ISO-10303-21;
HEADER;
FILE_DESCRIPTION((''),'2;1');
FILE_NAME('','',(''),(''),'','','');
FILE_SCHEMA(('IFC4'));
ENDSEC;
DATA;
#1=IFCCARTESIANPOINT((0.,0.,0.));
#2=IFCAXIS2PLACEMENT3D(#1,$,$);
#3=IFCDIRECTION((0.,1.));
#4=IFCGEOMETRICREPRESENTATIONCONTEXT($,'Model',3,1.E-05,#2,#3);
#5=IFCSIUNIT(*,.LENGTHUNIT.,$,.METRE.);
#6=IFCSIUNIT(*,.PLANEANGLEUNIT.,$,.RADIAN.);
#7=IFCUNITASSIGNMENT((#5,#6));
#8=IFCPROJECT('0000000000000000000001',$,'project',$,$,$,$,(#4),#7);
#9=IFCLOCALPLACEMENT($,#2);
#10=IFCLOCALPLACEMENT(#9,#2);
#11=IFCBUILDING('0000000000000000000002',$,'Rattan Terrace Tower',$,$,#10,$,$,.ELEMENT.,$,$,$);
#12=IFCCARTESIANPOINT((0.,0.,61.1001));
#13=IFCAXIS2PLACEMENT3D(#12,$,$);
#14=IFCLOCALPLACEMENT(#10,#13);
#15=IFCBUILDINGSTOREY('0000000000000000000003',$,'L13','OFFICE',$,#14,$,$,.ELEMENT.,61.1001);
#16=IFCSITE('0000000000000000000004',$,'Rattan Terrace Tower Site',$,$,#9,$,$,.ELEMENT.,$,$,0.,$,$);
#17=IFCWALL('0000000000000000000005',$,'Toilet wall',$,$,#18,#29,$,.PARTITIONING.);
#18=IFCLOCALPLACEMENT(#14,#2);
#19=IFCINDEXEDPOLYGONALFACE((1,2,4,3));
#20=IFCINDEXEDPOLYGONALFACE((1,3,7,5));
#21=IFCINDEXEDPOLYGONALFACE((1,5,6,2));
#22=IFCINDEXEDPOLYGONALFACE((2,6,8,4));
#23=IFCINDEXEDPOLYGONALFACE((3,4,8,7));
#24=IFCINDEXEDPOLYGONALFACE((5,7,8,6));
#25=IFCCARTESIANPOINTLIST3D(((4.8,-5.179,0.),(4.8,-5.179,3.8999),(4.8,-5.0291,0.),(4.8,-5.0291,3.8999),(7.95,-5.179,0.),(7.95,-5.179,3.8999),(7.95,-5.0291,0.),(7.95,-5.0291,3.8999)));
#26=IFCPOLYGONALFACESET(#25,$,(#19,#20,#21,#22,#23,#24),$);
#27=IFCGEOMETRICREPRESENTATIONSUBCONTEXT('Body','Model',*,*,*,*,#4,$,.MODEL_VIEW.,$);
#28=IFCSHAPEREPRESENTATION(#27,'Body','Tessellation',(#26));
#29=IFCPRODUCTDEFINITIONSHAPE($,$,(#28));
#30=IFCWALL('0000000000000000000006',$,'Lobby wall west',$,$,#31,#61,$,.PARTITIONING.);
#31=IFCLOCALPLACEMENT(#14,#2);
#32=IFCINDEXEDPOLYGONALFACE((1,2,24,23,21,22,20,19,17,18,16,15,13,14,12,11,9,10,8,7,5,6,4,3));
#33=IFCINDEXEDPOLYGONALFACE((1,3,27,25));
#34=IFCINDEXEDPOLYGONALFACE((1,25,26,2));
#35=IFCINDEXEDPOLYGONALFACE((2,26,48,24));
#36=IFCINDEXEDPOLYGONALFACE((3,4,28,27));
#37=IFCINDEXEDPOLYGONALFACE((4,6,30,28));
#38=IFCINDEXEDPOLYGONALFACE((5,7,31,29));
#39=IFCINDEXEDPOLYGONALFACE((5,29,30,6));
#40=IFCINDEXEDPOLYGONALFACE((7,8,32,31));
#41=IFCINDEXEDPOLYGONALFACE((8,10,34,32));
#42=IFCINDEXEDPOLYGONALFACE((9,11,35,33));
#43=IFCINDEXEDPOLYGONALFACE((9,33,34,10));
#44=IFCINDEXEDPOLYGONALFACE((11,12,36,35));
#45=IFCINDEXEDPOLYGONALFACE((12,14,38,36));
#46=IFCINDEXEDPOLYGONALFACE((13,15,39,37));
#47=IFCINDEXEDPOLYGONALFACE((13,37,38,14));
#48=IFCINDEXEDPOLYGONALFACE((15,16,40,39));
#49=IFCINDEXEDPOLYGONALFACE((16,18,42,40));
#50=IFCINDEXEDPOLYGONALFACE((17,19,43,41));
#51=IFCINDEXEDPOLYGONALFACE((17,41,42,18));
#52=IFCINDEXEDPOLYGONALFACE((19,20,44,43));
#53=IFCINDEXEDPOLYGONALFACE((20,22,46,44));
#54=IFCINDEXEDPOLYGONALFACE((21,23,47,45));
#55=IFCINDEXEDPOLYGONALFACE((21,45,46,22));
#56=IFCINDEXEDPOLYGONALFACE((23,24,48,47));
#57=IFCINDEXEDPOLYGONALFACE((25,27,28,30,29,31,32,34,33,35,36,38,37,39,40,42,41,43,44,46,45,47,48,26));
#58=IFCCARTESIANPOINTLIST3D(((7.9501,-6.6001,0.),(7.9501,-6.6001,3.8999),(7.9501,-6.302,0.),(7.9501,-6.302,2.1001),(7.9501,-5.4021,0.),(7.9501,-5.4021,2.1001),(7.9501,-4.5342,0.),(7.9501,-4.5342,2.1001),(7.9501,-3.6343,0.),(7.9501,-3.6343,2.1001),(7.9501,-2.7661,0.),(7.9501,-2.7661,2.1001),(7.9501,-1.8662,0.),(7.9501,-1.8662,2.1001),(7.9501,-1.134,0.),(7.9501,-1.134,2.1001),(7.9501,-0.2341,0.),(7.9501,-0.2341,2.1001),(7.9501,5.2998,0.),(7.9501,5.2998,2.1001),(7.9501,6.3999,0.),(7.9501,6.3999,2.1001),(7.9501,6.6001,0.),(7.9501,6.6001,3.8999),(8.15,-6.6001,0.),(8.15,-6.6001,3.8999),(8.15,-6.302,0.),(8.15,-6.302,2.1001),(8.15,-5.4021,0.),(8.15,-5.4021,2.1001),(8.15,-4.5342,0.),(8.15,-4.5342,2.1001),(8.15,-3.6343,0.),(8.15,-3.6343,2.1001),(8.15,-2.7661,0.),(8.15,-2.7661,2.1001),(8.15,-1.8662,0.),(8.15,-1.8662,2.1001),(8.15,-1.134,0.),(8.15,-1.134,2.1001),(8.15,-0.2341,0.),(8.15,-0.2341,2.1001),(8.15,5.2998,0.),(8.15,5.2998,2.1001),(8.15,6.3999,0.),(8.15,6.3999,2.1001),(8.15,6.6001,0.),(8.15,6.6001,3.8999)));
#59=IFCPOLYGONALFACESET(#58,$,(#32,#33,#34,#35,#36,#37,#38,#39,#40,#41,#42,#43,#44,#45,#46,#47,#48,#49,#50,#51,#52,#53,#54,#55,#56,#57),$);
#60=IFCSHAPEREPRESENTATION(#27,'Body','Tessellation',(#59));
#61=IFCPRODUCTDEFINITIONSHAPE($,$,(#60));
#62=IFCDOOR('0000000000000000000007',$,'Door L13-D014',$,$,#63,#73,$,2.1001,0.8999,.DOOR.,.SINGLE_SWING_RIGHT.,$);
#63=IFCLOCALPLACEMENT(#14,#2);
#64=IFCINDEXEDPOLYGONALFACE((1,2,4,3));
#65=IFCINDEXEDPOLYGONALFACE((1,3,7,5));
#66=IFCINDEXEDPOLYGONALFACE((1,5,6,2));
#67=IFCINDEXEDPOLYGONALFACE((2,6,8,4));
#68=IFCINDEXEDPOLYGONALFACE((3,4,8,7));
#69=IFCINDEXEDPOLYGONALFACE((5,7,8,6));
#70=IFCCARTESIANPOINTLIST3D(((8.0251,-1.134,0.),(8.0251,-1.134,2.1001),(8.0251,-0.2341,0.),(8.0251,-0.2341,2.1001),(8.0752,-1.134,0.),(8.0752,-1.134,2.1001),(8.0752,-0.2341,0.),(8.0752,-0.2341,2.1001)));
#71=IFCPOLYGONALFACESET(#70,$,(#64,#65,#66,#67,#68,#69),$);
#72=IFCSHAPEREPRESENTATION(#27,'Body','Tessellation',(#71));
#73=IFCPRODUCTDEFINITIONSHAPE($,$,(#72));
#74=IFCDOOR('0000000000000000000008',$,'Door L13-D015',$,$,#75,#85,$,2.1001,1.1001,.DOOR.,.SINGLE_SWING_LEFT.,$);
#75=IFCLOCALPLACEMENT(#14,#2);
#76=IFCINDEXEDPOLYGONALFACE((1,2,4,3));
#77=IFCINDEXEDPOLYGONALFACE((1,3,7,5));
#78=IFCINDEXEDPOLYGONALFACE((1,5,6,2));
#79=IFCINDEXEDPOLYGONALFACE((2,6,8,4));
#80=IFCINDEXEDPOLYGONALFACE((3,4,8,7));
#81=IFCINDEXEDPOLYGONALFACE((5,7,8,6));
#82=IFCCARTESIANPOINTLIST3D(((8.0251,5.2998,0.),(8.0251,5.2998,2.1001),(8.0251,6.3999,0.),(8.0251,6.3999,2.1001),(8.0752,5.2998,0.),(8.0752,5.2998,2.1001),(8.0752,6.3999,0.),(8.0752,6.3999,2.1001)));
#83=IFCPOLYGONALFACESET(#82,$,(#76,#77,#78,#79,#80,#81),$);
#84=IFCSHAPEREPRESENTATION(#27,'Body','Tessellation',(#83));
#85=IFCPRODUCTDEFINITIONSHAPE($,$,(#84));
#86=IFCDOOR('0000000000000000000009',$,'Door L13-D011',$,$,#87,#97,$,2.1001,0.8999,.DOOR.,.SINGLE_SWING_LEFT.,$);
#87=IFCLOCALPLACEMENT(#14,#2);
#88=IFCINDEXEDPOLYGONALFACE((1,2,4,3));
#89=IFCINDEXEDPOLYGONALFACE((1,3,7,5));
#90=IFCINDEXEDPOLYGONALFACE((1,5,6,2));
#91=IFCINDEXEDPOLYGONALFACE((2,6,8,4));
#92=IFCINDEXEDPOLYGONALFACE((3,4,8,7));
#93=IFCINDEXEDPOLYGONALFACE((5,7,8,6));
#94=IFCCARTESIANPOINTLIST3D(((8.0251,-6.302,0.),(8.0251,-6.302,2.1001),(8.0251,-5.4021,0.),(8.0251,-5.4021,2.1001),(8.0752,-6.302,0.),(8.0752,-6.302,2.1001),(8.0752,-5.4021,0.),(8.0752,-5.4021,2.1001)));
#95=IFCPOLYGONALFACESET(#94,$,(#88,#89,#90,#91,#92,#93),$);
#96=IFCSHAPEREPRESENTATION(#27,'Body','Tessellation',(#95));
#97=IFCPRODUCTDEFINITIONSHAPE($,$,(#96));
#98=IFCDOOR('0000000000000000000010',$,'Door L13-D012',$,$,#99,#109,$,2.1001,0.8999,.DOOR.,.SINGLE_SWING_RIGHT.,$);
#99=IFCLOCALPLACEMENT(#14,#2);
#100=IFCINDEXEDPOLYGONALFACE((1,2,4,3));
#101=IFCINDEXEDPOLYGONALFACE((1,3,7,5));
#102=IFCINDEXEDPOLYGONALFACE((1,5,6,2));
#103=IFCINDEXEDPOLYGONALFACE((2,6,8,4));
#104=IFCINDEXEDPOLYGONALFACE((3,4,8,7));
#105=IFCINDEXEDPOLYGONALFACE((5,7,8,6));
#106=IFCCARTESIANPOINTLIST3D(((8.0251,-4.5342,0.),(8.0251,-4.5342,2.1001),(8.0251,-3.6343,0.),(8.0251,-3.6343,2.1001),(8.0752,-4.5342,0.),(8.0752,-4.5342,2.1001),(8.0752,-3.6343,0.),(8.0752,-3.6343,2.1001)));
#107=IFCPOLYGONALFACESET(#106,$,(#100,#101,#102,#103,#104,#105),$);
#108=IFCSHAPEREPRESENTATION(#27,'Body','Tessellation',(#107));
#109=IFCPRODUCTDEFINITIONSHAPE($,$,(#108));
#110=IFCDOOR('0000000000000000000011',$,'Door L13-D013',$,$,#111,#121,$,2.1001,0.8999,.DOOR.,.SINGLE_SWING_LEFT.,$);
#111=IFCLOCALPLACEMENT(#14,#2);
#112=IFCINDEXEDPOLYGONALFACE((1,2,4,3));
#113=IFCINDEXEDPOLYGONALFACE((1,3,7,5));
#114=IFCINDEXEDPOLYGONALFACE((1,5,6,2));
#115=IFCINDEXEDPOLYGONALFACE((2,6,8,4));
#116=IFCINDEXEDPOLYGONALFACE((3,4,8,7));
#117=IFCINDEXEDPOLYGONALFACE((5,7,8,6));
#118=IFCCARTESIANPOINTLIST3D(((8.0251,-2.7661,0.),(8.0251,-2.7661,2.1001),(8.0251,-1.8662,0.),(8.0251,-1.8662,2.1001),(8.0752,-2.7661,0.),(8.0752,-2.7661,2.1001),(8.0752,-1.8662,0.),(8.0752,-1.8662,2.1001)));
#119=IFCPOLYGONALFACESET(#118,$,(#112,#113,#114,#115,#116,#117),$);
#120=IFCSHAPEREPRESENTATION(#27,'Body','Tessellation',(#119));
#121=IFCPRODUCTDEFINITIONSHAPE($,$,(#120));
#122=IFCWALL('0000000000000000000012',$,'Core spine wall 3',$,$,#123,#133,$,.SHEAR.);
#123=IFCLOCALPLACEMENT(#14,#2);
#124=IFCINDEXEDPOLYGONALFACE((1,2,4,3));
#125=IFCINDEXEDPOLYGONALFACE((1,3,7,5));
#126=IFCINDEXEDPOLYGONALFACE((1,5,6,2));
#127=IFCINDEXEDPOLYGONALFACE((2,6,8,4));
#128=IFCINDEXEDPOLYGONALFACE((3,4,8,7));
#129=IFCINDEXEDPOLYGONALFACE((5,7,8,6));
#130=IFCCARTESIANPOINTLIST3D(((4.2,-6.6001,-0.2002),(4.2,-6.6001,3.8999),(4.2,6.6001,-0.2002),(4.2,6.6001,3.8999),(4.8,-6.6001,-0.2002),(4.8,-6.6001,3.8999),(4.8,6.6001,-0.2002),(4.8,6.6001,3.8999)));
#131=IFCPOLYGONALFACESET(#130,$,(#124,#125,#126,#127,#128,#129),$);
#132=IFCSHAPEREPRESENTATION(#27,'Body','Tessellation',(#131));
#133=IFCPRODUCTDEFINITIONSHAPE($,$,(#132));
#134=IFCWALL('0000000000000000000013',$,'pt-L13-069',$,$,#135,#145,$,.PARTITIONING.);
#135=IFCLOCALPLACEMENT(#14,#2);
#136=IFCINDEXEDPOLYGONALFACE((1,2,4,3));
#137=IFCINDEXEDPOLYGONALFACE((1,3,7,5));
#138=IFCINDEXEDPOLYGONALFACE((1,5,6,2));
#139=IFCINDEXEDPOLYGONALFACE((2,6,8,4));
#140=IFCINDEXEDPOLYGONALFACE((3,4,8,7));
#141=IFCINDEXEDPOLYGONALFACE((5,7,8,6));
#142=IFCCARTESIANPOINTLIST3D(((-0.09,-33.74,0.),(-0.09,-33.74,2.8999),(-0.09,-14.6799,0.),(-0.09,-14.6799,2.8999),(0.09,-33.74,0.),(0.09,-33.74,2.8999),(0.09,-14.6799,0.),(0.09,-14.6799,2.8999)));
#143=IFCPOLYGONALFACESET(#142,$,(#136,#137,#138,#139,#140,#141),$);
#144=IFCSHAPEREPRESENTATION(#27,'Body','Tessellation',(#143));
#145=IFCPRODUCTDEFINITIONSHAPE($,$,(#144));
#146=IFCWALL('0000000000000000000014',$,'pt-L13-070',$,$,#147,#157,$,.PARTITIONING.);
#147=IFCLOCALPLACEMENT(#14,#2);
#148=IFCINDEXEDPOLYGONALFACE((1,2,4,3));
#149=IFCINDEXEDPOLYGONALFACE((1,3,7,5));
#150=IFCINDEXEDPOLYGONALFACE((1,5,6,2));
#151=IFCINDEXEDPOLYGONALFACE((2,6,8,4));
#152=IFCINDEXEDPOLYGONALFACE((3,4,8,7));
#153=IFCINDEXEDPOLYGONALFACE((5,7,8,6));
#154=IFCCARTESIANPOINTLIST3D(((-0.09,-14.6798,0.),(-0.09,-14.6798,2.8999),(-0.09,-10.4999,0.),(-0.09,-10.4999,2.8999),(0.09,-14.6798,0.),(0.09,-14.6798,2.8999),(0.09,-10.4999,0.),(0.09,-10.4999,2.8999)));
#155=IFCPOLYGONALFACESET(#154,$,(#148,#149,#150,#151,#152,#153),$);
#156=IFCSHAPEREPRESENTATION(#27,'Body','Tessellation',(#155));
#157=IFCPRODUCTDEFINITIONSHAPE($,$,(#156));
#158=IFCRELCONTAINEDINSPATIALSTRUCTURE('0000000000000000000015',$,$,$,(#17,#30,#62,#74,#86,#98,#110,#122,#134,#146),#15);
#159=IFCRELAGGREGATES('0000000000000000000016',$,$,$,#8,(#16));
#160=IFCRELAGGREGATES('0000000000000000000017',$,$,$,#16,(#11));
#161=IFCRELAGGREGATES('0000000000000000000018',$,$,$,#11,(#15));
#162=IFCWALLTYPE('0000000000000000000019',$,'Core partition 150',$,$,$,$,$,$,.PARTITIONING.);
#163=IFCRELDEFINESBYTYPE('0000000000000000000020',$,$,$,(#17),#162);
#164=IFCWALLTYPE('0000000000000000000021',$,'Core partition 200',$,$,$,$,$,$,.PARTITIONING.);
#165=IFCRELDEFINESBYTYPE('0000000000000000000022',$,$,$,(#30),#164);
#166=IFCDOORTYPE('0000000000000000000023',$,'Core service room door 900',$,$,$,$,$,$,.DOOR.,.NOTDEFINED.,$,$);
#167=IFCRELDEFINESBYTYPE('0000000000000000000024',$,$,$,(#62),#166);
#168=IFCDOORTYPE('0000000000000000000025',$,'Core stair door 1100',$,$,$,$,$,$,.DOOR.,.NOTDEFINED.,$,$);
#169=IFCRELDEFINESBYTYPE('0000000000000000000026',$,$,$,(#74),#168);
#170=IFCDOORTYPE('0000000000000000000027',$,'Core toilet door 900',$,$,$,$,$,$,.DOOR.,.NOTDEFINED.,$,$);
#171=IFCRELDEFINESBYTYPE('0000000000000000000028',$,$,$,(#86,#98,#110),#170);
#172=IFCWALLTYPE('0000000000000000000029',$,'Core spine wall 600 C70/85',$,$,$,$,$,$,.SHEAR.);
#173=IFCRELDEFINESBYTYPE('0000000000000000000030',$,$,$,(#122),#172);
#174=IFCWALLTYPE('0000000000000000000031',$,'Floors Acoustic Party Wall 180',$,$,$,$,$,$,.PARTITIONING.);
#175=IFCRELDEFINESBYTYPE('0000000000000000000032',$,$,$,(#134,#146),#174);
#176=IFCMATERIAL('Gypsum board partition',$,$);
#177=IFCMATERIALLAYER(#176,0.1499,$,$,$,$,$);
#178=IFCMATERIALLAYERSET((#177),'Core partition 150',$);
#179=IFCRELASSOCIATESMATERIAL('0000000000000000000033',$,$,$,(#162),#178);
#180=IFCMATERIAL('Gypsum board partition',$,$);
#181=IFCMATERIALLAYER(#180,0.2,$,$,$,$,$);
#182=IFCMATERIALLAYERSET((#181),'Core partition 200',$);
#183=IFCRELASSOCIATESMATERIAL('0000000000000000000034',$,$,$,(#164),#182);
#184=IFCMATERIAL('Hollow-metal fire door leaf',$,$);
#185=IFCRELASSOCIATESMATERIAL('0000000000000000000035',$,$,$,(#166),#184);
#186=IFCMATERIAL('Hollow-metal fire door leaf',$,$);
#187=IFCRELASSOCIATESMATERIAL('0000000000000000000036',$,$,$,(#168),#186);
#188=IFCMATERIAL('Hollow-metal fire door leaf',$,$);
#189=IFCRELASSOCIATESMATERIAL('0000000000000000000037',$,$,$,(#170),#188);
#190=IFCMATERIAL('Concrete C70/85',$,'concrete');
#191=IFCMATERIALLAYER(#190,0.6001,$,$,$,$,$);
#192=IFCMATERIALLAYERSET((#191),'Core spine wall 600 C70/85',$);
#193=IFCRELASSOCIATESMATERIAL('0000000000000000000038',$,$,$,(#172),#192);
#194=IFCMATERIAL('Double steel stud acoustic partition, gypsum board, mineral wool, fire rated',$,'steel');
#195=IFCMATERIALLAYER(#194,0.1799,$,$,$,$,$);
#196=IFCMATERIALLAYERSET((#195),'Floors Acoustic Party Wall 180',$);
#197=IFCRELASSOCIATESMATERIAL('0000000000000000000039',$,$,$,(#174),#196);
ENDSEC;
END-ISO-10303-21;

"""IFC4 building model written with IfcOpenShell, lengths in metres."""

from ifc_helpers import new_model, si_unit, direction, frame, frame_2d, origin, place, context, subcontext, project, spatial, rectangle, extrude, material, layer, layer_set, type_object, element, fill, save


model = new_model("IFC4")

# Units and contexts
model_context = context("Model", 3, precision=1e-05, world=origin(), true_north=direction((0.0, 1.0)))
body_context = subcontext(model_context, "Body", "Model", "MODEL_VIEW")
ifc_project = project(units=[si_unit("LENGTHUNIT", "METRE"), si_unit("PLANEANGLEUNIT", "RADIAN")], contexts=[model_context])

# Site, building, storey
site_placement = place(None, origin())
site = spatial("IfcSite", under=ifc_project, at=site_placement, Name="Rattan Terrace Tower Site", CompositionType="ELEMENT", RefElevation=0.0)
building_placement = place(site_placement, origin())
building = spatial("IfcBuilding", under=site, at=building_placement, Name="Rattan Terrace Tower", CompositionType="ELEMENT")
storey_placement = place(building_placement, frame((0.0, 0.0, 61.1001)))
storey = spatial("IfcBuildingStorey", under=building, at=storey_placement, Name="L13", Description="OFFICE", CompositionType="ELEMENT", Elevation=61.1001)

# Wall
ifc_material_1 = material(Name="Gypsum board partition")
ifc_layer_1 = layer(ifc_material_1, 0.1499)
ifc_layer_set_1 = layer_set([ifc_layer_1], Name="Core partition 150")
wall_type_1 = type_object("IfcWallType", Name="Core partition 150", PredefinedType="PARTITIONING", material=ifc_layer_set_1)
wall_1_placement = place(storey_placement, frame((4.8, -5.104, 0.0), z_axis=(0.0, 0.0, 1.0), x_axis=(1.0, 0.0, 0.0)))
element("IfcWall", 1, at=wall_1_placement, inside=storey, type_object=wall_type_1, Name="Toilet wall", PredefinedType="PARTITIONING", context=body_context, shape_type="SweptSolid", body=[
    extrude(rectangle(XDim=3.1499, YDim=0.1499, at=frame_2d((1.575, 0.0))), origin(), (0.0, 0.0, 1.0), 3.8999),
])

# Wall, openings, doors
ifc_material_2 = material(Name="Gypsum board partition")
ifc_layer_2 = layer(ifc_material_2, 0.2)
ifc_layer_set_2 = layer_set([ifc_layer_2], Name="Core partition 200")
wall_type_2 = type_object("IfcWallType", Name="Core partition 200", PredefinedType="PARTITIONING", material=ifc_layer_set_2)
wall_2_placement = place(storey_placement, frame((8.05, -6.6001, 0.0), z_axis=(0.0, 0.0, 1.0), x_axis=(0.0, 1.0, 0.0)))
wall_2 = element("IfcWall", 2, at=wall_2_placement, inside=storey, type_object=wall_type_2, Name="Lobby wall west", PredefinedType="PARTITIONING", context=body_context, shape_type="SweptSolid", body=[
    extrude(rectangle(XDim=13.2002, YDim=0.2, at=frame_2d((6.6001, 0.0))), origin(), (0.0, 0.0, 1.0), 3.8999),
])
opening_1_placement = place(wall_2_placement, frame((0.2981, 0.0, 0.0)))
opening_1 = element("IfcOpeningElement", 3, at=opening_1_placement, cuts=wall_2, PredefinedType="OPENING", context=body_context, shape_type="SweptSolid", body=[
    extrude(rectangle(XDim=0.8999, YDim=2.1001, at=frame_2d((0.45, 1.05))), frame((0.0, 0.1106, 0.0), z_axis=(0.0, -1.0, 0.0), x_axis=(1.0, 0.0, 0.0)), (0.0, 0.0, 1.0), 0.2209),
])
opening_2_placement = place(wall_2_placement, frame((2.0659, 0.0, 0.0)))
opening_2 = element("IfcOpeningElement", 4, at=opening_2_placement, cuts=wall_2, PredefinedType="OPENING", context=body_context, shape_type="SweptSolid", body=[
    extrude(rectangle(XDim=0.8999, YDim=2.1001, at=frame_2d((0.45, 1.05))), frame((0.0, 0.1106, 0.0), z_axis=(0.0, -1.0, 0.0), x_axis=(1.0, 0.0, 0.0)), (0.0, 0.0, 1.0), 0.2209),
])
opening_3_placement = place(wall_2_placement, frame((3.834, 0.0, 0.0)))
opening_3 = element("IfcOpeningElement", 5, at=opening_3_placement, cuts=wall_2, PredefinedType="OPENING", context=body_context, shape_type="SweptSolid", body=[
    extrude(rectangle(XDim=0.8999, YDim=2.1001, at=frame_2d((0.45, 1.05))), frame((0.0, 0.1106, 0.0), z_axis=(0.0, -1.0, 0.0), x_axis=(1.0, 0.0, 0.0)), (0.0, 0.0, 1.0), 0.2209),
])
opening_4_placement = place(wall_2_placement, frame((5.4661, 0.0, 0.0)))
opening_4 = element("IfcOpeningElement", 6, at=opening_4_placement, cuts=wall_2, PredefinedType="OPENING", context=body_context, shape_type="SweptSolid", body=[
    extrude(rectangle(XDim=0.8999, YDim=2.1001, at=frame_2d((0.45, 1.05))), frame((0.0, 0.1106, 0.0), z_axis=(0.0, -1.0, 0.0), x_axis=(1.0, 0.0, 0.0)), (0.0, 0.0, 1.0), 0.2209),
])
opening_5_placement = place(wall_2_placement, frame((11.8999, 0.0, 0.0)))
opening_5 = element("IfcOpeningElement", 7, at=opening_5_placement, cuts=wall_2, PredefinedType="OPENING", context=body_context, shape_type="SweptSolid", body=[
    extrude(rectangle(XDim=1.1001, YDim=2.1001, at=frame_2d((0.55, 1.05))), frame((0.0, 0.1106, 0.0), z_axis=(0.0, -1.0, 0.0), x_axis=(1.0, 0.0, 0.0)), (0.0, 0.0, 1.0), 0.2209),
])
ifc_material_3 = material(Name="Hollow-metal fire door leaf")
door_type_1 = type_object("IfcDoorType", Name="Core service room door 900", OperationType="NOTDEFINED", PredefinedType="DOOR", material=ifc_material_3)
door_1_placement = place(opening_4_placement, origin())
door_1 = element("IfcDoor", 8, at=door_1_placement, inside=storey, type_object=door_type_1, Name="Door L13-D014", OperationType="SINGLE_SWING_RIGHT", OverallHeight=2.1001, OverallWidth=0.8999, PredefinedType="DOOR", context=body_context, shape_type="SweptSolid", body=[
    extrude(rectangle(XDim=0.8999, YDim=2.1001, at=frame_2d((0.45, 1.05))), frame((0.0, 0.0249, 0.0), z_axis=(0.0, -1.0, 0.0), x_axis=(1.0, 0.0, 0.0)), (0.0, 0.0, 1.0), 0.05),
])
fill(opening_4, door_1)
ifc_material_4 = material(Name="Hollow-metal fire door leaf")
door_type_2 = type_object("IfcDoorType", Name="Core stair door 1100", OperationType="NOTDEFINED", PredefinedType="DOOR", material=ifc_material_4)
door_2_placement = place(opening_5_placement, origin())
door_2 = element("IfcDoor", 9, at=door_2_placement, inside=storey, type_object=door_type_2, Name="Door L13-D015", OperationType="SINGLE_SWING_LEFT", OverallHeight=2.1001, OverallWidth=1.1001, PredefinedType="DOOR", context=body_context, shape_type="SweptSolid", body=[
    extrude(rectangle(XDim=1.1001, YDim=2.1001, at=frame_2d((0.55, 1.05))), frame((0.0, 0.0249, 0.0), z_axis=(0.0, -1.0, 0.0), x_axis=(1.0, 0.0, 0.0)), (0.0, 0.0, 1.0), 0.05),
])
fill(opening_5, door_2)
ifc_material_5 = material(Name="Hollow-metal fire door leaf")
door_type_3 = type_object("IfcDoorType", Name="Core toilet door 900", OperationType="NOTDEFINED", PredefinedType="DOOR", material=ifc_material_5)
door_3_placement = place(opening_1_placement, origin())
door_3 = element("IfcDoor", 10, at=door_3_placement, inside=storey, type_object=door_type_3, Name="Door L13-D011", OperationType="SINGLE_SWING_LEFT", OverallHeight=2.1001, OverallWidth=0.8999, PredefinedType="DOOR", context=body_context, shape_type="SweptSolid", body=[
    extrude(rectangle(XDim=0.8999, YDim=2.1001, at=frame_2d((0.45, 1.05))), frame((0.0, 0.0249, 0.0), z_axis=(0.0, -1.0, 0.0), x_axis=(1.0, 0.0, 0.0)), (0.0, 0.0, 1.0), 0.05),
])
fill(opening_1, door_3)
door_4_placement = place(opening_2_placement, origin())
door_4 = element("IfcDoor", 11, at=door_4_placement, inside=storey, type_object=door_type_3, Name="Door L13-D012", OperationType="SINGLE_SWING_RIGHT", OverallHeight=2.1001, OverallWidth=0.8999, PredefinedType="DOOR", context=body_context, shape_type="SweptSolid", body=[
    extrude(rectangle(XDim=0.8999, YDim=2.1001, at=frame_2d((0.45, 1.05))), frame((0.0, 0.0249, 0.0), z_axis=(0.0, -1.0, 0.0), x_axis=(1.0, 0.0, 0.0)), (0.0, 0.0, 1.0), 0.05),
])
fill(opening_2, door_4)
door_5_placement = place(opening_3_placement, origin())
door_5 = element("IfcDoor", 12, at=door_5_placement, inside=storey, type_object=door_type_3, Name="Door L13-D013", OperationType="SINGLE_SWING_LEFT", OverallHeight=2.1001, OverallWidth=0.8999, PredefinedType="DOOR", context=body_context, shape_type="SweptSolid", body=[
    extrude(rectangle(XDim=0.8999, YDim=2.1001, at=frame_2d((0.45, 1.05))), frame((0.0, 0.0249, 0.0), z_axis=(0.0, -1.0, 0.0), x_axis=(1.0, 0.0, 0.0)), (0.0, 0.0, 1.0), 0.05),
])
fill(opening_3, door_5)

# Walls
ifc_material_6 = material(Name="Concrete C70/85", Category="concrete")
ifc_layer_3 = layer(ifc_material_6, 0.6001)
ifc_layer_set_3 = layer_set([ifc_layer_3], Name="Core spine wall 600 C70/85")
wall_type_3 = type_object("IfcWallType", Name="Core spine wall 600 C70/85", PredefinedType="SHEAR", material=ifc_layer_set_3)
wall_3_placement = place(storey_placement, frame((4.5, -6.6001, -0.2002), z_axis=(0.0, 0.0, 1.0), x_axis=(0.0, 1.0, 0.0)))
element("IfcWall", 13, at=wall_3_placement, inside=storey, type_object=wall_type_3, Name="Core spine wall 3", PredefinedType="SHEAR", context=body_context, shape_type="SweptSolid", body=[
    extrude(rectangle(XDim=13.2002, YDim=0.6001, at=frame_2d((6.6001, 0.0))), origin(), (0.0, 0.0, 1.0), 4.1001),
])
ifc_material_7 = material(Name="Double steel stud acoustic partition, gypsum board, mineral wool, fire rated", Category="steel")
ifc_layer_4 = layer(ifc_material_7, 0.1799)
ifc_layer_set_4 = layer_set([ifc_layer_4], Name="Floors Acoustic Party Wall 180")
wall_type_4 = type_object("IfcWallType", Name="Floors Acoustic Party Wall 180", PredefinedType="PARTITIONING", material=ifc_layer_set_4)
wall_4_placement = place(storey_placement, frame((0.0, -14.6799, 0.0), z_axis=(0.0, 0.0, 1.0), x_axis=(0.0, -1.0, 0.0)))
element("IfcWall", 14, at=wall_4_placement, inside=storey, type_object=wall_type_4, Name="pt-L13-069", PredefinedType="PARTITIONING", context=body_context, shape_type="SweptSolid", body=[
    extrude(rectangle(XDim=19.0601, YDim=0.1799, at=frame_2d((9.53, 0.0))), origin(), (0.0, 0.0, 1.0), 2.8999),
])
wall_5_placement = place(storey_placement, frame((0.0, -10.5, 0.0), z_axis=(0.0, 0.0, 1.0), x_axis=(0.0, -1.0, 0.0)))
element("IfcWall", 15, at=wall_5_placement, inside=storey, type_object=wall_type_4, Name="pt-L13-070", PredefinedType="PARTITIONING", context=body_context, shape_type="SweptSolid", body=[
    extrude(rectangle(XDim=4.1799, YDim=0.1799, at=frame_2d((2.0898, 0.0))), origin(), (0.0, 0.0, 1.0), 2.8999),
])

save(model, "model.ifc")
